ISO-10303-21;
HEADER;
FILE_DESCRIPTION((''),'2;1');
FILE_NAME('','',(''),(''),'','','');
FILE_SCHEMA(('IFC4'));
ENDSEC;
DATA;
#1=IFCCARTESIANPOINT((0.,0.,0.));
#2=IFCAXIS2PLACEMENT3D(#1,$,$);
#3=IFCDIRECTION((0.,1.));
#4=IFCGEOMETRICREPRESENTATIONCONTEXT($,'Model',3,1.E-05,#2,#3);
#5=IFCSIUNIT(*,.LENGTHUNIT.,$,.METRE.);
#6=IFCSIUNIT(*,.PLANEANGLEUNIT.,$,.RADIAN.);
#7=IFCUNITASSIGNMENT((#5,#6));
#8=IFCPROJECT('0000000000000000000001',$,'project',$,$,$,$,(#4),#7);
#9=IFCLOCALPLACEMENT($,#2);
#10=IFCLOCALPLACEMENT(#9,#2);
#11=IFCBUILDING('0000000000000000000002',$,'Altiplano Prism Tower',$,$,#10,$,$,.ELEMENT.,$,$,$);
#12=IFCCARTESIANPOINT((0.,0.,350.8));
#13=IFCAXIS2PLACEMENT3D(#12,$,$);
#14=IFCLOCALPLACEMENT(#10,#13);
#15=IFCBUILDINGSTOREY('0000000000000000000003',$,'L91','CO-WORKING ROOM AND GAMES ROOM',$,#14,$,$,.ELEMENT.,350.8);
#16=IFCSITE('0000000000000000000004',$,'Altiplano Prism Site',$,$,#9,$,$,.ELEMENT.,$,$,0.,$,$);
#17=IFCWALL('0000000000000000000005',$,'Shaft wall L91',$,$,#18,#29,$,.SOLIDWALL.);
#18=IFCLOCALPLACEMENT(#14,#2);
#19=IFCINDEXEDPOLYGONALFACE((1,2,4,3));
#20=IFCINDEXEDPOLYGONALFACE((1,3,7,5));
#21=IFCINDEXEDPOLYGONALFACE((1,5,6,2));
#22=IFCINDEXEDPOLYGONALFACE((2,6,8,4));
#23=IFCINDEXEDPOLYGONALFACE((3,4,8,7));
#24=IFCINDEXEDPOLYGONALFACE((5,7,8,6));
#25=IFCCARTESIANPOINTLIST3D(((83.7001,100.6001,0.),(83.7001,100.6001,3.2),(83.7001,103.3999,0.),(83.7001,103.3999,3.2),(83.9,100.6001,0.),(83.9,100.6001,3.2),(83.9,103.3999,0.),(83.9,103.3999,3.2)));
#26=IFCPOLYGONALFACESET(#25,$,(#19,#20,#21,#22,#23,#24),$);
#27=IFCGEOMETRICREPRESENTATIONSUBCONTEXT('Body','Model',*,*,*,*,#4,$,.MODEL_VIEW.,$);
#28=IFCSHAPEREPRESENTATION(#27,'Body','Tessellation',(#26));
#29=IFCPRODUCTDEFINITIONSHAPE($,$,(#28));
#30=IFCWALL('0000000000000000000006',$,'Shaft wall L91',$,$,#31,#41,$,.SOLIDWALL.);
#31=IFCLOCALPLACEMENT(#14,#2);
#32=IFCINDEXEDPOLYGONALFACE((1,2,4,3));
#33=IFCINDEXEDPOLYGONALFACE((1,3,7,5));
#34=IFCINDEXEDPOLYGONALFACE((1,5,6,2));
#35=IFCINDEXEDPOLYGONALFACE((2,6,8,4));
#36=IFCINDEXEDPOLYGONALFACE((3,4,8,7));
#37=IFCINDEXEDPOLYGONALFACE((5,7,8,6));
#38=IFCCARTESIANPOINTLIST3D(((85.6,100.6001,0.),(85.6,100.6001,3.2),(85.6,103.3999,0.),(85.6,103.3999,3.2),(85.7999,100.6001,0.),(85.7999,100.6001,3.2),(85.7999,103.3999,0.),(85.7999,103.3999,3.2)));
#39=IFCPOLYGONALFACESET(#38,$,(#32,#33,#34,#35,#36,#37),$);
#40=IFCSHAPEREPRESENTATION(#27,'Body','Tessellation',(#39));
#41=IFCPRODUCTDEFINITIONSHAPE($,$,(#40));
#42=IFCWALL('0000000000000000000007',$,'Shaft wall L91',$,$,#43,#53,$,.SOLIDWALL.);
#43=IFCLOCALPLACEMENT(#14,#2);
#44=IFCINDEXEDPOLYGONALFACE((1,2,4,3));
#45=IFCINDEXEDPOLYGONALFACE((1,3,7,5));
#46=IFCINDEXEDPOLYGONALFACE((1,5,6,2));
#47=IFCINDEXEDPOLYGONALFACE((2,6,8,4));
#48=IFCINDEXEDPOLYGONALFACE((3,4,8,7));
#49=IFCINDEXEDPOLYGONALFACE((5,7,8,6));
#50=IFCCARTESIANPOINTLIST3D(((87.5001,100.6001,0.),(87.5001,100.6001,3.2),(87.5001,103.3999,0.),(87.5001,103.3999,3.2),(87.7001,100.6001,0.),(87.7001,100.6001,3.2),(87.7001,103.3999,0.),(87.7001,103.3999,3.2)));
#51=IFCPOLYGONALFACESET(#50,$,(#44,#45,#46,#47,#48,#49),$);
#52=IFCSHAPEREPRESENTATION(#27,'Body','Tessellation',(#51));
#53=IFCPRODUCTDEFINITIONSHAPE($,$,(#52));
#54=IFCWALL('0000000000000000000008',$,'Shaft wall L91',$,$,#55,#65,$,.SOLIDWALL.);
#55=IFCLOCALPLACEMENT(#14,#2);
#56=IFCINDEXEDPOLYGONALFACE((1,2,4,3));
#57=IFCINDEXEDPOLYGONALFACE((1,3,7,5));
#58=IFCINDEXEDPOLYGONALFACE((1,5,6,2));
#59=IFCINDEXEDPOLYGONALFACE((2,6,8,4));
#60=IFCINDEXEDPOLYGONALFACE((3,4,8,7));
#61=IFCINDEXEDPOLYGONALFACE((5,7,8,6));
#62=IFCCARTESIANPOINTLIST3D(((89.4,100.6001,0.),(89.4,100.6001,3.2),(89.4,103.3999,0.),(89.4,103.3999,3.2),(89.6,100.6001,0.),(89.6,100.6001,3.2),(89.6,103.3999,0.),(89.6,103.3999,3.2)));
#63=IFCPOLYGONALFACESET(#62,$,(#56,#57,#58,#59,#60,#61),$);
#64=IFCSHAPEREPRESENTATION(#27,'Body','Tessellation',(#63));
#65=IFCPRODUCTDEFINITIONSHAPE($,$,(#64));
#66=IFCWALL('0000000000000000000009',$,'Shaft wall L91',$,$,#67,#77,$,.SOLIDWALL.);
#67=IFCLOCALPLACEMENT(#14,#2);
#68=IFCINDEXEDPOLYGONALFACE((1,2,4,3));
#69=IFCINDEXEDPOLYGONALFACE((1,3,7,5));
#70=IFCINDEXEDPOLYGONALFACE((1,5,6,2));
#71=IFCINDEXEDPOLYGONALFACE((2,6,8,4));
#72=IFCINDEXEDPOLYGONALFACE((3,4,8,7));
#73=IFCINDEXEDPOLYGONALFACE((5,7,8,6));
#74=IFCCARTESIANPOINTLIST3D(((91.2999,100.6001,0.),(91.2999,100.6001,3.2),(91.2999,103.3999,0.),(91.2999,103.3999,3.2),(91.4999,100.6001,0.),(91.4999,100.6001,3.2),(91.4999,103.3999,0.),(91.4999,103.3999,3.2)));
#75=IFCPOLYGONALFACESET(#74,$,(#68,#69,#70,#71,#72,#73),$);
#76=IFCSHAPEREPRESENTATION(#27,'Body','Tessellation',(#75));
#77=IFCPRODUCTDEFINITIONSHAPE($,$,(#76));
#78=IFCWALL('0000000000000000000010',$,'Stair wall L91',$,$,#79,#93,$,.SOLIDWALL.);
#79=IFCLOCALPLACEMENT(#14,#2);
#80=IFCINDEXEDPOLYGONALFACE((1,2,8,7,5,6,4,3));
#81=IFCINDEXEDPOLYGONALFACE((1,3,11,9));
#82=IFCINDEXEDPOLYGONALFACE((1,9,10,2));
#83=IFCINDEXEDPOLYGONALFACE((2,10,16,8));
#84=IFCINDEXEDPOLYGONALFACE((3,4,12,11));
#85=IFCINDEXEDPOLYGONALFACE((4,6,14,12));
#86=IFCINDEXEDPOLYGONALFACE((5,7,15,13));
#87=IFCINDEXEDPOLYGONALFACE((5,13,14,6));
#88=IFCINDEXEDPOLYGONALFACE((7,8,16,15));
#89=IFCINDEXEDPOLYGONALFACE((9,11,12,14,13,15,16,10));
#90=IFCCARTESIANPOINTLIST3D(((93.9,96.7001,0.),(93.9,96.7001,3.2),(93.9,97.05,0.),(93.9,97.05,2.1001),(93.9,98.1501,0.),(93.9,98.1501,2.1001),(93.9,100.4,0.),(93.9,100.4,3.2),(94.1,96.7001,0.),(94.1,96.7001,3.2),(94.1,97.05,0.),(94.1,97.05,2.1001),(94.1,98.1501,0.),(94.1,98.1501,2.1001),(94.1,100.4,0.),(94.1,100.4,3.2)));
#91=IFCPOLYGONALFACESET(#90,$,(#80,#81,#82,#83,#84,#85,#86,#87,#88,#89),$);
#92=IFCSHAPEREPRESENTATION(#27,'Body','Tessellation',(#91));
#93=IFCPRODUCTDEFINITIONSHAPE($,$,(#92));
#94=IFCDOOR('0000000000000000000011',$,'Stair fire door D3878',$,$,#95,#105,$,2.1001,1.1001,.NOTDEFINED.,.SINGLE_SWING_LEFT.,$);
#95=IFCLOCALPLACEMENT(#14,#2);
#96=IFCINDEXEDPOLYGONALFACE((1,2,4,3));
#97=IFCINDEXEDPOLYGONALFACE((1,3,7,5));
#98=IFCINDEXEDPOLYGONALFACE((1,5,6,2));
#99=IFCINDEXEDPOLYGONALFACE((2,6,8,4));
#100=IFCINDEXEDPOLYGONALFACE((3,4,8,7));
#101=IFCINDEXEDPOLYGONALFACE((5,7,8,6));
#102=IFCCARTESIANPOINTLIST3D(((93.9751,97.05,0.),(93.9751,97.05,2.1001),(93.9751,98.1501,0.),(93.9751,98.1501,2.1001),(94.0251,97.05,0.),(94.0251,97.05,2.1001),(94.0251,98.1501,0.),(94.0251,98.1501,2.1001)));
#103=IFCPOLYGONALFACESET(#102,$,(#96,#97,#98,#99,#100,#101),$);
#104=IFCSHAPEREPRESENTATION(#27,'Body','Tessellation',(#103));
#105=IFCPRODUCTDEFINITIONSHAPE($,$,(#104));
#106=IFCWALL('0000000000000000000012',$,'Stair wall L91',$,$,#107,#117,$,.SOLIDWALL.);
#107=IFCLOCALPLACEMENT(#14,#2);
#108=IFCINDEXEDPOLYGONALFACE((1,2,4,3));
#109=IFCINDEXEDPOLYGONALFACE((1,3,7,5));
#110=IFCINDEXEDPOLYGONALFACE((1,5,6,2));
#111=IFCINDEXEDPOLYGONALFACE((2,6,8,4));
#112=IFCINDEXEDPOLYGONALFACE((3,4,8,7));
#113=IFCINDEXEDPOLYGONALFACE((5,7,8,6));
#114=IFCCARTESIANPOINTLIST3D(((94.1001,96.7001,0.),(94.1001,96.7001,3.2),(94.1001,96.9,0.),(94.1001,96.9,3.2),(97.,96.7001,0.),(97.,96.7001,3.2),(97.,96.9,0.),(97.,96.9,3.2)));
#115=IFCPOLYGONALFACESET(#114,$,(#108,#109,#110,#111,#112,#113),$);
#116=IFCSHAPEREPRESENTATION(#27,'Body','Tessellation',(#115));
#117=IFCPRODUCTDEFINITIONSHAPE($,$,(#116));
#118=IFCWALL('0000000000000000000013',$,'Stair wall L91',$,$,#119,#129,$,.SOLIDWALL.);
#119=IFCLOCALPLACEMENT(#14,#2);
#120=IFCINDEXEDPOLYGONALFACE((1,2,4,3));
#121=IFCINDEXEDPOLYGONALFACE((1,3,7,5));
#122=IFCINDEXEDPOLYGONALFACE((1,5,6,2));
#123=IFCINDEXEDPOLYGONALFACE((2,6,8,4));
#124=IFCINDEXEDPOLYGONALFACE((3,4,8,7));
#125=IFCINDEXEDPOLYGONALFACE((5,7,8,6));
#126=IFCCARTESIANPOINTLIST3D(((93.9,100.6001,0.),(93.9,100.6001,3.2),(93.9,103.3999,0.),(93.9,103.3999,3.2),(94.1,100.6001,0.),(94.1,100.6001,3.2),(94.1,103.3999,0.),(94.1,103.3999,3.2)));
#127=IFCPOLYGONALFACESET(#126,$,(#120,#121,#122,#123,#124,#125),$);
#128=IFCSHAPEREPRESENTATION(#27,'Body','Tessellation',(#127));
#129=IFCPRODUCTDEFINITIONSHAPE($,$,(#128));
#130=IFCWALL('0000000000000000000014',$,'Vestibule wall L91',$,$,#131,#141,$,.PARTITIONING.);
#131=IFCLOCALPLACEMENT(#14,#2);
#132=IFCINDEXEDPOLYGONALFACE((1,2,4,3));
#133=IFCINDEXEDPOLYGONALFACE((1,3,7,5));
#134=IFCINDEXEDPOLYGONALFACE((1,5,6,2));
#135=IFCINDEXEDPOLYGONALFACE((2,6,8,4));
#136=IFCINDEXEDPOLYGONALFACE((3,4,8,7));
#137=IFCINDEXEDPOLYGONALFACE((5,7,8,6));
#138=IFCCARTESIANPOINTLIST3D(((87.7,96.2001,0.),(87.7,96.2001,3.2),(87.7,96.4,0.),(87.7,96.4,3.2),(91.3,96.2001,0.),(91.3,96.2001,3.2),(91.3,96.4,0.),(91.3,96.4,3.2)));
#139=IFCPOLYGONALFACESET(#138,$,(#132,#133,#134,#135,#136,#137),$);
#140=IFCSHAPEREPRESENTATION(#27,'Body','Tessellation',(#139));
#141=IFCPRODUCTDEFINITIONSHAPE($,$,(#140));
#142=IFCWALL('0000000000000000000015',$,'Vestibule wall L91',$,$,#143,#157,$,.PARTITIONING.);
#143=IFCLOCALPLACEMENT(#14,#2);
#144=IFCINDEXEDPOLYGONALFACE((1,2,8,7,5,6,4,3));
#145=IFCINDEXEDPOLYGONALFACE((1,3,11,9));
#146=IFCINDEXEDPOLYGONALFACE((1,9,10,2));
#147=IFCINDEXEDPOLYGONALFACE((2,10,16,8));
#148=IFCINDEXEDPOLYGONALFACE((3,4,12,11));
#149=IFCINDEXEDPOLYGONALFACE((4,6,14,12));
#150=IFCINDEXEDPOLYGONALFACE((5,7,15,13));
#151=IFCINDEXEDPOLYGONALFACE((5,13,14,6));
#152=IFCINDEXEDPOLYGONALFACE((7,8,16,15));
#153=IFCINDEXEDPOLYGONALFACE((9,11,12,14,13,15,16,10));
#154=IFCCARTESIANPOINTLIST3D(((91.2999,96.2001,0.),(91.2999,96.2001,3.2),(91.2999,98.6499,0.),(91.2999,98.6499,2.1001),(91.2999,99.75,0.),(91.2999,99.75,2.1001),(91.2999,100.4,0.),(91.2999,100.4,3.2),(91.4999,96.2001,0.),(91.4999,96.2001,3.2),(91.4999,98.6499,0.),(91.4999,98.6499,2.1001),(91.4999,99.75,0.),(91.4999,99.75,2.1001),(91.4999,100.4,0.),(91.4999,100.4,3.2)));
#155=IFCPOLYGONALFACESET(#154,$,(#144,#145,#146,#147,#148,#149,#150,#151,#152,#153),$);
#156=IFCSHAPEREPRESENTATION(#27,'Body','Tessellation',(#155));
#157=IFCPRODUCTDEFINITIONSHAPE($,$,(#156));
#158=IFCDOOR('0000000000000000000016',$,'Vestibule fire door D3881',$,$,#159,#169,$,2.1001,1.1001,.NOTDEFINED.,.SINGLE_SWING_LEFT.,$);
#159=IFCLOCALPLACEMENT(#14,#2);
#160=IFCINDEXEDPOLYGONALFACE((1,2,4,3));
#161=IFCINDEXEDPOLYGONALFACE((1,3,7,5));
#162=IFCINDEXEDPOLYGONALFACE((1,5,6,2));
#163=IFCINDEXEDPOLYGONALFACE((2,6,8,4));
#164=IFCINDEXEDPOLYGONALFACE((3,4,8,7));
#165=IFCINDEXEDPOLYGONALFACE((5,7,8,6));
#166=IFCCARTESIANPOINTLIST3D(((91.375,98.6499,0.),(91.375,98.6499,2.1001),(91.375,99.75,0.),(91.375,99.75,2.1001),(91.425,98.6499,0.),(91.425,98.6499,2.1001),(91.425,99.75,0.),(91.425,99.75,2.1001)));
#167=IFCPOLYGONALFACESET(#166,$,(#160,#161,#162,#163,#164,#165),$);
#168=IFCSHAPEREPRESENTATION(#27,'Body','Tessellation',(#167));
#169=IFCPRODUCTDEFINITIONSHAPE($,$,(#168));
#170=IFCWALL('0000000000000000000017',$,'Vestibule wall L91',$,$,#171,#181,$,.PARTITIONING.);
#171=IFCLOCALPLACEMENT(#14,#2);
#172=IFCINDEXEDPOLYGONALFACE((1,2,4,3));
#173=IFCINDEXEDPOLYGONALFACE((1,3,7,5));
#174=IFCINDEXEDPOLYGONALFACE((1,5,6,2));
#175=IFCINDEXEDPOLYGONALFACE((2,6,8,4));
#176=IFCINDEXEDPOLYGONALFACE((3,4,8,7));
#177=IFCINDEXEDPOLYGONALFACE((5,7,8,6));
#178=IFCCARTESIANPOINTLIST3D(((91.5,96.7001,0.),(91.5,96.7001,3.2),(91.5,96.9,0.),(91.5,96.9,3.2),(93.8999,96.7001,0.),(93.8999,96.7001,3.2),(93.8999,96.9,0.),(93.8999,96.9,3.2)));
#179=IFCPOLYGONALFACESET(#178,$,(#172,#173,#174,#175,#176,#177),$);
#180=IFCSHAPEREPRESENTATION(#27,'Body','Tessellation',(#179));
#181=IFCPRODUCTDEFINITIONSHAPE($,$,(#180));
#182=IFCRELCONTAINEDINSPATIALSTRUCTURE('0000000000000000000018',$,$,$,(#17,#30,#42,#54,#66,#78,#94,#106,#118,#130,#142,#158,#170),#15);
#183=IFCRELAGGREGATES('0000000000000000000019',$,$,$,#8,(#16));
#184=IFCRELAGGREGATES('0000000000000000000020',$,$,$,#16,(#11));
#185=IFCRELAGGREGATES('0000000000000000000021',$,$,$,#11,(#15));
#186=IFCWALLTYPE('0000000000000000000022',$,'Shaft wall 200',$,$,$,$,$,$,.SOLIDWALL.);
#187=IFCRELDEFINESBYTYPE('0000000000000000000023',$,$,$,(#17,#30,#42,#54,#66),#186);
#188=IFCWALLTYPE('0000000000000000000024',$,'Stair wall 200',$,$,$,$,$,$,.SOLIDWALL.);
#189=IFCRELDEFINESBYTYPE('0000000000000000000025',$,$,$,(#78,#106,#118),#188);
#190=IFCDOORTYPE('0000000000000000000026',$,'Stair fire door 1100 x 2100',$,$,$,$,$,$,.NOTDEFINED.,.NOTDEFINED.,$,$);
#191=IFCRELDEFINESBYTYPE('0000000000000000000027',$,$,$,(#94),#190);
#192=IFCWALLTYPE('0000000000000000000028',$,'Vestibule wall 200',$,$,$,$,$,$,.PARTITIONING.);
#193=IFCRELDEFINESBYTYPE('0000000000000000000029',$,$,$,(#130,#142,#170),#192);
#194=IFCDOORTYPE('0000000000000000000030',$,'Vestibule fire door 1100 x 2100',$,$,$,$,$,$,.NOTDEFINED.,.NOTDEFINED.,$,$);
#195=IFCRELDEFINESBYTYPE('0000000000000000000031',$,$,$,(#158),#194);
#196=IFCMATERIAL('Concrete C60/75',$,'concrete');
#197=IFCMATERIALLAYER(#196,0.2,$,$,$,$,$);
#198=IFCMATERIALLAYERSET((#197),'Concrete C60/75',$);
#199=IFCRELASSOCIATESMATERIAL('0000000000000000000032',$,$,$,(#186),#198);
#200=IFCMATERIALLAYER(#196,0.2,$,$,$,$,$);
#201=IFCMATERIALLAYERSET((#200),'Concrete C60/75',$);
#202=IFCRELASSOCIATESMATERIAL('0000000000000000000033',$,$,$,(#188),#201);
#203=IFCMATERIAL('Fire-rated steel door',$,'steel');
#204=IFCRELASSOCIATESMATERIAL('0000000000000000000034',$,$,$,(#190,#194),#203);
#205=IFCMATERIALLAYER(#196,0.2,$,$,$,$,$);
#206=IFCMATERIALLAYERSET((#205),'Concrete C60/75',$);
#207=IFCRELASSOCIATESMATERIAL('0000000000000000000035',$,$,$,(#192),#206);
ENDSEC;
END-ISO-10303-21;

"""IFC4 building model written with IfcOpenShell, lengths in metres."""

from ifc_helpers import new_model, si_unit, direction, frame, frame_2d, origin, place, context, subcontext, project, spatial, rectangle, extrude, material, layer, layer_set, type_object, element, fill, save


model = new_model("IFC4")

# Units and contexts
model_context = context("Model", 3, precision=1e-05, world=origin(), true_north=direction((0.0, 1.0)))
body_context = subcontext(model_context, "Body", "Model", "MODEL_VIEW")
ifc_project = project(units=[si_unit("LENGTHUNIT", "METRE"), si_unit("PLANEANGLEUNIT", "RADIAN")], contexts=[model_context])

# Site, building, storey
site_placement = place(None, origin())
site = spatial("IfcSite", under=ifc_project, at=site_placement, Name="Altiplano Prism Site", CompositionType="ELEMENT", RefElevation=0.0)
building_placement = place(site_placement, origin())
building = spatial("IfcBuilding", under=site, at=building_placement, Name="Altiplano Prism Tower", CompositionType="ELEMENT")
storey_placement = place(building_placement, frame((0.0, 0.0, 350.8)))
storey = spatial("IfcBuildingStorey", under=building, at=storey_placement, Name="L91", Description="CO-WORKING ROOM AND GAMES ROOM", CompositionType="ELEMENT", Elevation=350.8)

# Walls
ifc_material_1 = material(Name="Concrete C60/75", Category="concrete")
ifc_layer_1 = layer(ifc_material_1, 0.2)
ifc_layer_set_1 = layer_set([ifc_layer_1], Name="Concrete C60/75")
wall_type_1 = type_object("IfcWallType", Name="Shaft wall 200", PredefinedType="SOLIDWALL", material=ifc_layer_set_1)
for number, where, z_axis, x_axis, name in (
    (1, (83.8, 100.6001, 0.0), (0.0, 0.0, 1.0), (0.0, 1.0, 0.0), "Shaft wall L91"),
    (2, (85.7, 100.6001, 0.0), (0.0, 0.0, 1.0), (0.0, 1.0, 0.0), "Shaft wall L91"),
    (3, (87.6001, 100.6001, 0.0), (0.0, 0.0, 1.0), (0.0, 1.0, 0.0), "Shaft wall L91"),
    (4, (89.5, 100.6001, 0.0), (0.0, 0.0, 1.0), (0.0, 1.0, 0.0), "Shaft wall L91"),
    (5, (91.3999, 100.6001, 0.0), (0.0, 0.0, 1.0), (0.0, 1.0, 0.0), "Shaft wall L91"),
):
    element("IfcWall", number, at=place(storey_placement, frame(where, z_axis=z_axis, x_axis=x_axis)), inside=storey, type_object=wall_type_1, Name=name, PredefinedType="SOLIDWALL", context=body_context, shape_type="SweptSolid", body=[
        extrude(rectangle(XDim=2.7998, YDim=0.2, at=frame_2d((1.3999, 0.0))), origin(), (0.0, 0.0, 1.0), 3.2),
    ])

# Wall, opening, door
ifc_layer_2 = layer(ifc_material_1, 0.2)
ifc_layer_set_2 = layer_set([ifc_layer_2], Name="Concrete C60/75")
wall_type_2 = type_object("IfcWallType", Name="Stair wall 200", PredefinedType="SOLIDWALL", material=ifc_layer_set_2)
wall_1_placement = place(storey_placement, frame((94.0, 96.7, 0.0), z_axis=(0.0, 0.0, 1.0), x_axis=(0.0, 1.0, 0.0)))
wall_1 = element("IfcWall", 6, at=wall_1_placement, inside=storey, type_object=wall_type_2, Name="Stair wall L91", PredefinedType="SOLIDWALL", context=body_context, shape_type="SweptSolid", body=[
    extrude(rectangle(XDim=3.7, YDim=0.2, at=frame_2d((1.8501, 0.0))), origin(), (0.0, 0.0, 1.0), 3.2),
])
opening_1_placement = place(wall_1_placement, frame((0.3501, 0.0, 0.0)))
opening_1 = element("IfcOpeningElement", 7, at=opening_1_placement, cuts=wall_1, PredefinedType="OPENING", context=body_context, shape_type="SweptSolid", body=[
    extrude(rectangle(XDim=1.1001, YDim=2.1001, at=frame_2d((0.55, 1.05))), frame((0.0, 0.1104, 0.0), z_axis=(0.0, -1.0, 0.0), x_axis=(1.0, 0.0, 0.0)), (0.0, 0.0, 1.0), 0.2209),
])
ifc_material_2 = material(Name="Fire-rated steel door", Category="steel")
door_type_1 = type_object("IfcDoorType", Name="Stair fire door 1100 x 2100", OperationType="NOTDEFINED", PredefinedType="NOTDEFINED", material=ifc_material_2)
door_1_placement = place(opening_1_placement, origin())
door_1 = element("IfcDoor", 8, at=door_1_placement, inside=storey, type_object=door_type_1, Name="Stair fire door D3878", OperationType="SINGLE_SWING_LEFT", OverallHeight=2.1001, OverallWidth=1.1001, PredefinedType="NOTDEFINED", context=body_context, shape_type="SweptSolid", body=[
    extrude(rectangle(XDim=1.1001, YDim=2.1001, at=frame_2d((0.55, 1.05))), frame((0.0, 0.0249, 0.0), z_axis=(0.0, -1.0, 0.0), x_axis=(1.0, 0.0, 0.0)), (0.0, 0.0, 1.0), 0.05),
])
fill(opening_1, door_1)

# Walls
wall_2_placement = place(storey_placement, frame((94.1001, 96.8, 0.0), z_axis=(0.0, 0.0, 1.0), x_axis=(1.0, 0.0, 0.0)))
element("IfcWall", 9, at=wall_2_placement, inside=storey, type_object=wall_type_2, Name="Stair wall L91", PredefinedType="SOLIDWALL", context=body_context, shape_type="SweptSolid", body=[
    extrude(rectangle(XDim=2.8999, YDim=0.2, at=frame_2d((1.45, 0.0))), origin(), (0.0, 0.0, 1.0), 3.2),
])
wall_3_placement = place(storey_placement, frame((94.0, 100.6001, 0.0), z_axis=(0.0, 0.0, 1.0), x_axis=(0.0, 1.0, 0.0)))
element("IfcWall", 10, at=wall_3_placement, inside=storey, type_object=wall_type_2, Name="Stair wall L91", PredefinedType="SOLIDWALL", context=body_context, shape_type="SweptSolid", body=[
    extrude(rectangle(XDim=2.7998, YDim=0.2, at=frame_2d((1.3999, 0.0))), origin(), (0.0, 0.0, 1.0), 3.2),
])
ifc_layer_3 = layer(ifc_material_1, 0.2)
ifc_layer_set_3 = layer_set([ifc_layer_3], Name="Concrete C60/75")
wall_type_3 = type_object("IfcWallType", Name="Vestibule wall 200", PredefinedType="PARTITIONING", material=ifc_layer_set_3)
wall_4_placement = place(storey_placement, frame((87.7, 96.3, 0.0), z_axis=(0.0, 0.0, 1.0), x_axis=(1.0, 0.0, 0.0)))
element("IfcWall", 11, at=wall_4_placement, inside=storey, type_object=wall_type_3, Name="Vestibule wall L91", PredefinedType="PARTITIONING", context=body_context, shape_type="SweptSolid", body=[
    extrude(rectangle(XDim=3.6001, YDim=0.2, at=frame_2d((1.8, 0.0))), origin(), (0.0, 0.0, 1.0), 3.2),
])

# Wall, opening, door
wall_5_placement = place(storey_placement, frame((91.3999, 96.2, 0.0), z_axis=(0.0, 0.0, 1.0), x_axis=(0.0, 1.0, 0.0)))
wall_5 = element("IfcWall", 12, at=wall_5_placement, inside=storey, type_object=wall_type_3, Name="Vestibule wall L91", PredefinedType="PARTITIONING", context=body_context, shape_type="SweptSolid", body=[
    extrude(rectangle(XDim=4.2, YDim=0.2, at=frame_2d((2.1001, 0.0))), origin(), (0.0, 0.0, 1.0), 3.2),
])
opening_2_placement = place(wall_5_placement, frame((2.45, 0.0, 0.0)))
opening_2 = element("IfcOpeningElement", 13, at=opening_2_placement, cuts=wall_5, PredefinedType="OPENING", context=body_context, shape_type="SweptSolid", body=[
    extrude(rectangle(XDim=1.1001, YDim=2.1001, at=frame_2d((0.55, 1.05))), frame((0.0, 0.1104, 0.0), z_axis=(0.0, -1.0, 0.0), x_axis=(1.0, 0.0, 0.0)), (0.0, 0.0, 1.0), 0.2209),
])
door_type_2 = type_object("IfcDoorType", Name="Vestibule fire door 1100 x 2100", OperationType="NOTDEFINED", PredefinedType="NOTDEFINED", material=ifc_material_2)
door_2_placement = place(opening_2_placement, origin())
door_2 = element("IfcDoor", 14, at=door_2_placement, inside=storey, type_object=door_type_2, Name="Vestibule fire door D3881", OperationType="SINGLE_SWING_LEFT", OverallHeight=2.1001, OverallWidth=1.1001, PredefinedType="NOTDEFINED", context=body_context, shape_type="SweptSolid", body=[
    extrude(rectangle(XDim=1.1001, YDim=2.1001, at=frame_2d((0.55, 1.05))), frame((0.0, 0.0249, 0.0), z_axis=(0.0, -1.0, 0.0), x_axis=(1.0, 0.0, 0.0)), (0.0, 0.0, 1.0), 0.05),
])
fill(opening_2, door_2)

# Wall
wall_6_placement = place(storey_placement, frame((91.5, 96.8, 0.0), z_axis=(0.0, 0.0, 1.0), x_axis=(1.0, 0.0, 0.0)))
element("IfcWall", 15, at=wall_6_placement, inside=storey, type_object=wall_type_3, Name="Vestibule wall L91", PredefinedType="PARTITIONING", context=body_context, shape_type="SweptSolid", body=[
    extrude(rectangle(XDim=2.3999, YDim=0.2, at=frame_2d((1.2, 0.0))), origin(), (0.0, 0.0, 1.0), 3.2),
])

save(model, "model.ifc")
